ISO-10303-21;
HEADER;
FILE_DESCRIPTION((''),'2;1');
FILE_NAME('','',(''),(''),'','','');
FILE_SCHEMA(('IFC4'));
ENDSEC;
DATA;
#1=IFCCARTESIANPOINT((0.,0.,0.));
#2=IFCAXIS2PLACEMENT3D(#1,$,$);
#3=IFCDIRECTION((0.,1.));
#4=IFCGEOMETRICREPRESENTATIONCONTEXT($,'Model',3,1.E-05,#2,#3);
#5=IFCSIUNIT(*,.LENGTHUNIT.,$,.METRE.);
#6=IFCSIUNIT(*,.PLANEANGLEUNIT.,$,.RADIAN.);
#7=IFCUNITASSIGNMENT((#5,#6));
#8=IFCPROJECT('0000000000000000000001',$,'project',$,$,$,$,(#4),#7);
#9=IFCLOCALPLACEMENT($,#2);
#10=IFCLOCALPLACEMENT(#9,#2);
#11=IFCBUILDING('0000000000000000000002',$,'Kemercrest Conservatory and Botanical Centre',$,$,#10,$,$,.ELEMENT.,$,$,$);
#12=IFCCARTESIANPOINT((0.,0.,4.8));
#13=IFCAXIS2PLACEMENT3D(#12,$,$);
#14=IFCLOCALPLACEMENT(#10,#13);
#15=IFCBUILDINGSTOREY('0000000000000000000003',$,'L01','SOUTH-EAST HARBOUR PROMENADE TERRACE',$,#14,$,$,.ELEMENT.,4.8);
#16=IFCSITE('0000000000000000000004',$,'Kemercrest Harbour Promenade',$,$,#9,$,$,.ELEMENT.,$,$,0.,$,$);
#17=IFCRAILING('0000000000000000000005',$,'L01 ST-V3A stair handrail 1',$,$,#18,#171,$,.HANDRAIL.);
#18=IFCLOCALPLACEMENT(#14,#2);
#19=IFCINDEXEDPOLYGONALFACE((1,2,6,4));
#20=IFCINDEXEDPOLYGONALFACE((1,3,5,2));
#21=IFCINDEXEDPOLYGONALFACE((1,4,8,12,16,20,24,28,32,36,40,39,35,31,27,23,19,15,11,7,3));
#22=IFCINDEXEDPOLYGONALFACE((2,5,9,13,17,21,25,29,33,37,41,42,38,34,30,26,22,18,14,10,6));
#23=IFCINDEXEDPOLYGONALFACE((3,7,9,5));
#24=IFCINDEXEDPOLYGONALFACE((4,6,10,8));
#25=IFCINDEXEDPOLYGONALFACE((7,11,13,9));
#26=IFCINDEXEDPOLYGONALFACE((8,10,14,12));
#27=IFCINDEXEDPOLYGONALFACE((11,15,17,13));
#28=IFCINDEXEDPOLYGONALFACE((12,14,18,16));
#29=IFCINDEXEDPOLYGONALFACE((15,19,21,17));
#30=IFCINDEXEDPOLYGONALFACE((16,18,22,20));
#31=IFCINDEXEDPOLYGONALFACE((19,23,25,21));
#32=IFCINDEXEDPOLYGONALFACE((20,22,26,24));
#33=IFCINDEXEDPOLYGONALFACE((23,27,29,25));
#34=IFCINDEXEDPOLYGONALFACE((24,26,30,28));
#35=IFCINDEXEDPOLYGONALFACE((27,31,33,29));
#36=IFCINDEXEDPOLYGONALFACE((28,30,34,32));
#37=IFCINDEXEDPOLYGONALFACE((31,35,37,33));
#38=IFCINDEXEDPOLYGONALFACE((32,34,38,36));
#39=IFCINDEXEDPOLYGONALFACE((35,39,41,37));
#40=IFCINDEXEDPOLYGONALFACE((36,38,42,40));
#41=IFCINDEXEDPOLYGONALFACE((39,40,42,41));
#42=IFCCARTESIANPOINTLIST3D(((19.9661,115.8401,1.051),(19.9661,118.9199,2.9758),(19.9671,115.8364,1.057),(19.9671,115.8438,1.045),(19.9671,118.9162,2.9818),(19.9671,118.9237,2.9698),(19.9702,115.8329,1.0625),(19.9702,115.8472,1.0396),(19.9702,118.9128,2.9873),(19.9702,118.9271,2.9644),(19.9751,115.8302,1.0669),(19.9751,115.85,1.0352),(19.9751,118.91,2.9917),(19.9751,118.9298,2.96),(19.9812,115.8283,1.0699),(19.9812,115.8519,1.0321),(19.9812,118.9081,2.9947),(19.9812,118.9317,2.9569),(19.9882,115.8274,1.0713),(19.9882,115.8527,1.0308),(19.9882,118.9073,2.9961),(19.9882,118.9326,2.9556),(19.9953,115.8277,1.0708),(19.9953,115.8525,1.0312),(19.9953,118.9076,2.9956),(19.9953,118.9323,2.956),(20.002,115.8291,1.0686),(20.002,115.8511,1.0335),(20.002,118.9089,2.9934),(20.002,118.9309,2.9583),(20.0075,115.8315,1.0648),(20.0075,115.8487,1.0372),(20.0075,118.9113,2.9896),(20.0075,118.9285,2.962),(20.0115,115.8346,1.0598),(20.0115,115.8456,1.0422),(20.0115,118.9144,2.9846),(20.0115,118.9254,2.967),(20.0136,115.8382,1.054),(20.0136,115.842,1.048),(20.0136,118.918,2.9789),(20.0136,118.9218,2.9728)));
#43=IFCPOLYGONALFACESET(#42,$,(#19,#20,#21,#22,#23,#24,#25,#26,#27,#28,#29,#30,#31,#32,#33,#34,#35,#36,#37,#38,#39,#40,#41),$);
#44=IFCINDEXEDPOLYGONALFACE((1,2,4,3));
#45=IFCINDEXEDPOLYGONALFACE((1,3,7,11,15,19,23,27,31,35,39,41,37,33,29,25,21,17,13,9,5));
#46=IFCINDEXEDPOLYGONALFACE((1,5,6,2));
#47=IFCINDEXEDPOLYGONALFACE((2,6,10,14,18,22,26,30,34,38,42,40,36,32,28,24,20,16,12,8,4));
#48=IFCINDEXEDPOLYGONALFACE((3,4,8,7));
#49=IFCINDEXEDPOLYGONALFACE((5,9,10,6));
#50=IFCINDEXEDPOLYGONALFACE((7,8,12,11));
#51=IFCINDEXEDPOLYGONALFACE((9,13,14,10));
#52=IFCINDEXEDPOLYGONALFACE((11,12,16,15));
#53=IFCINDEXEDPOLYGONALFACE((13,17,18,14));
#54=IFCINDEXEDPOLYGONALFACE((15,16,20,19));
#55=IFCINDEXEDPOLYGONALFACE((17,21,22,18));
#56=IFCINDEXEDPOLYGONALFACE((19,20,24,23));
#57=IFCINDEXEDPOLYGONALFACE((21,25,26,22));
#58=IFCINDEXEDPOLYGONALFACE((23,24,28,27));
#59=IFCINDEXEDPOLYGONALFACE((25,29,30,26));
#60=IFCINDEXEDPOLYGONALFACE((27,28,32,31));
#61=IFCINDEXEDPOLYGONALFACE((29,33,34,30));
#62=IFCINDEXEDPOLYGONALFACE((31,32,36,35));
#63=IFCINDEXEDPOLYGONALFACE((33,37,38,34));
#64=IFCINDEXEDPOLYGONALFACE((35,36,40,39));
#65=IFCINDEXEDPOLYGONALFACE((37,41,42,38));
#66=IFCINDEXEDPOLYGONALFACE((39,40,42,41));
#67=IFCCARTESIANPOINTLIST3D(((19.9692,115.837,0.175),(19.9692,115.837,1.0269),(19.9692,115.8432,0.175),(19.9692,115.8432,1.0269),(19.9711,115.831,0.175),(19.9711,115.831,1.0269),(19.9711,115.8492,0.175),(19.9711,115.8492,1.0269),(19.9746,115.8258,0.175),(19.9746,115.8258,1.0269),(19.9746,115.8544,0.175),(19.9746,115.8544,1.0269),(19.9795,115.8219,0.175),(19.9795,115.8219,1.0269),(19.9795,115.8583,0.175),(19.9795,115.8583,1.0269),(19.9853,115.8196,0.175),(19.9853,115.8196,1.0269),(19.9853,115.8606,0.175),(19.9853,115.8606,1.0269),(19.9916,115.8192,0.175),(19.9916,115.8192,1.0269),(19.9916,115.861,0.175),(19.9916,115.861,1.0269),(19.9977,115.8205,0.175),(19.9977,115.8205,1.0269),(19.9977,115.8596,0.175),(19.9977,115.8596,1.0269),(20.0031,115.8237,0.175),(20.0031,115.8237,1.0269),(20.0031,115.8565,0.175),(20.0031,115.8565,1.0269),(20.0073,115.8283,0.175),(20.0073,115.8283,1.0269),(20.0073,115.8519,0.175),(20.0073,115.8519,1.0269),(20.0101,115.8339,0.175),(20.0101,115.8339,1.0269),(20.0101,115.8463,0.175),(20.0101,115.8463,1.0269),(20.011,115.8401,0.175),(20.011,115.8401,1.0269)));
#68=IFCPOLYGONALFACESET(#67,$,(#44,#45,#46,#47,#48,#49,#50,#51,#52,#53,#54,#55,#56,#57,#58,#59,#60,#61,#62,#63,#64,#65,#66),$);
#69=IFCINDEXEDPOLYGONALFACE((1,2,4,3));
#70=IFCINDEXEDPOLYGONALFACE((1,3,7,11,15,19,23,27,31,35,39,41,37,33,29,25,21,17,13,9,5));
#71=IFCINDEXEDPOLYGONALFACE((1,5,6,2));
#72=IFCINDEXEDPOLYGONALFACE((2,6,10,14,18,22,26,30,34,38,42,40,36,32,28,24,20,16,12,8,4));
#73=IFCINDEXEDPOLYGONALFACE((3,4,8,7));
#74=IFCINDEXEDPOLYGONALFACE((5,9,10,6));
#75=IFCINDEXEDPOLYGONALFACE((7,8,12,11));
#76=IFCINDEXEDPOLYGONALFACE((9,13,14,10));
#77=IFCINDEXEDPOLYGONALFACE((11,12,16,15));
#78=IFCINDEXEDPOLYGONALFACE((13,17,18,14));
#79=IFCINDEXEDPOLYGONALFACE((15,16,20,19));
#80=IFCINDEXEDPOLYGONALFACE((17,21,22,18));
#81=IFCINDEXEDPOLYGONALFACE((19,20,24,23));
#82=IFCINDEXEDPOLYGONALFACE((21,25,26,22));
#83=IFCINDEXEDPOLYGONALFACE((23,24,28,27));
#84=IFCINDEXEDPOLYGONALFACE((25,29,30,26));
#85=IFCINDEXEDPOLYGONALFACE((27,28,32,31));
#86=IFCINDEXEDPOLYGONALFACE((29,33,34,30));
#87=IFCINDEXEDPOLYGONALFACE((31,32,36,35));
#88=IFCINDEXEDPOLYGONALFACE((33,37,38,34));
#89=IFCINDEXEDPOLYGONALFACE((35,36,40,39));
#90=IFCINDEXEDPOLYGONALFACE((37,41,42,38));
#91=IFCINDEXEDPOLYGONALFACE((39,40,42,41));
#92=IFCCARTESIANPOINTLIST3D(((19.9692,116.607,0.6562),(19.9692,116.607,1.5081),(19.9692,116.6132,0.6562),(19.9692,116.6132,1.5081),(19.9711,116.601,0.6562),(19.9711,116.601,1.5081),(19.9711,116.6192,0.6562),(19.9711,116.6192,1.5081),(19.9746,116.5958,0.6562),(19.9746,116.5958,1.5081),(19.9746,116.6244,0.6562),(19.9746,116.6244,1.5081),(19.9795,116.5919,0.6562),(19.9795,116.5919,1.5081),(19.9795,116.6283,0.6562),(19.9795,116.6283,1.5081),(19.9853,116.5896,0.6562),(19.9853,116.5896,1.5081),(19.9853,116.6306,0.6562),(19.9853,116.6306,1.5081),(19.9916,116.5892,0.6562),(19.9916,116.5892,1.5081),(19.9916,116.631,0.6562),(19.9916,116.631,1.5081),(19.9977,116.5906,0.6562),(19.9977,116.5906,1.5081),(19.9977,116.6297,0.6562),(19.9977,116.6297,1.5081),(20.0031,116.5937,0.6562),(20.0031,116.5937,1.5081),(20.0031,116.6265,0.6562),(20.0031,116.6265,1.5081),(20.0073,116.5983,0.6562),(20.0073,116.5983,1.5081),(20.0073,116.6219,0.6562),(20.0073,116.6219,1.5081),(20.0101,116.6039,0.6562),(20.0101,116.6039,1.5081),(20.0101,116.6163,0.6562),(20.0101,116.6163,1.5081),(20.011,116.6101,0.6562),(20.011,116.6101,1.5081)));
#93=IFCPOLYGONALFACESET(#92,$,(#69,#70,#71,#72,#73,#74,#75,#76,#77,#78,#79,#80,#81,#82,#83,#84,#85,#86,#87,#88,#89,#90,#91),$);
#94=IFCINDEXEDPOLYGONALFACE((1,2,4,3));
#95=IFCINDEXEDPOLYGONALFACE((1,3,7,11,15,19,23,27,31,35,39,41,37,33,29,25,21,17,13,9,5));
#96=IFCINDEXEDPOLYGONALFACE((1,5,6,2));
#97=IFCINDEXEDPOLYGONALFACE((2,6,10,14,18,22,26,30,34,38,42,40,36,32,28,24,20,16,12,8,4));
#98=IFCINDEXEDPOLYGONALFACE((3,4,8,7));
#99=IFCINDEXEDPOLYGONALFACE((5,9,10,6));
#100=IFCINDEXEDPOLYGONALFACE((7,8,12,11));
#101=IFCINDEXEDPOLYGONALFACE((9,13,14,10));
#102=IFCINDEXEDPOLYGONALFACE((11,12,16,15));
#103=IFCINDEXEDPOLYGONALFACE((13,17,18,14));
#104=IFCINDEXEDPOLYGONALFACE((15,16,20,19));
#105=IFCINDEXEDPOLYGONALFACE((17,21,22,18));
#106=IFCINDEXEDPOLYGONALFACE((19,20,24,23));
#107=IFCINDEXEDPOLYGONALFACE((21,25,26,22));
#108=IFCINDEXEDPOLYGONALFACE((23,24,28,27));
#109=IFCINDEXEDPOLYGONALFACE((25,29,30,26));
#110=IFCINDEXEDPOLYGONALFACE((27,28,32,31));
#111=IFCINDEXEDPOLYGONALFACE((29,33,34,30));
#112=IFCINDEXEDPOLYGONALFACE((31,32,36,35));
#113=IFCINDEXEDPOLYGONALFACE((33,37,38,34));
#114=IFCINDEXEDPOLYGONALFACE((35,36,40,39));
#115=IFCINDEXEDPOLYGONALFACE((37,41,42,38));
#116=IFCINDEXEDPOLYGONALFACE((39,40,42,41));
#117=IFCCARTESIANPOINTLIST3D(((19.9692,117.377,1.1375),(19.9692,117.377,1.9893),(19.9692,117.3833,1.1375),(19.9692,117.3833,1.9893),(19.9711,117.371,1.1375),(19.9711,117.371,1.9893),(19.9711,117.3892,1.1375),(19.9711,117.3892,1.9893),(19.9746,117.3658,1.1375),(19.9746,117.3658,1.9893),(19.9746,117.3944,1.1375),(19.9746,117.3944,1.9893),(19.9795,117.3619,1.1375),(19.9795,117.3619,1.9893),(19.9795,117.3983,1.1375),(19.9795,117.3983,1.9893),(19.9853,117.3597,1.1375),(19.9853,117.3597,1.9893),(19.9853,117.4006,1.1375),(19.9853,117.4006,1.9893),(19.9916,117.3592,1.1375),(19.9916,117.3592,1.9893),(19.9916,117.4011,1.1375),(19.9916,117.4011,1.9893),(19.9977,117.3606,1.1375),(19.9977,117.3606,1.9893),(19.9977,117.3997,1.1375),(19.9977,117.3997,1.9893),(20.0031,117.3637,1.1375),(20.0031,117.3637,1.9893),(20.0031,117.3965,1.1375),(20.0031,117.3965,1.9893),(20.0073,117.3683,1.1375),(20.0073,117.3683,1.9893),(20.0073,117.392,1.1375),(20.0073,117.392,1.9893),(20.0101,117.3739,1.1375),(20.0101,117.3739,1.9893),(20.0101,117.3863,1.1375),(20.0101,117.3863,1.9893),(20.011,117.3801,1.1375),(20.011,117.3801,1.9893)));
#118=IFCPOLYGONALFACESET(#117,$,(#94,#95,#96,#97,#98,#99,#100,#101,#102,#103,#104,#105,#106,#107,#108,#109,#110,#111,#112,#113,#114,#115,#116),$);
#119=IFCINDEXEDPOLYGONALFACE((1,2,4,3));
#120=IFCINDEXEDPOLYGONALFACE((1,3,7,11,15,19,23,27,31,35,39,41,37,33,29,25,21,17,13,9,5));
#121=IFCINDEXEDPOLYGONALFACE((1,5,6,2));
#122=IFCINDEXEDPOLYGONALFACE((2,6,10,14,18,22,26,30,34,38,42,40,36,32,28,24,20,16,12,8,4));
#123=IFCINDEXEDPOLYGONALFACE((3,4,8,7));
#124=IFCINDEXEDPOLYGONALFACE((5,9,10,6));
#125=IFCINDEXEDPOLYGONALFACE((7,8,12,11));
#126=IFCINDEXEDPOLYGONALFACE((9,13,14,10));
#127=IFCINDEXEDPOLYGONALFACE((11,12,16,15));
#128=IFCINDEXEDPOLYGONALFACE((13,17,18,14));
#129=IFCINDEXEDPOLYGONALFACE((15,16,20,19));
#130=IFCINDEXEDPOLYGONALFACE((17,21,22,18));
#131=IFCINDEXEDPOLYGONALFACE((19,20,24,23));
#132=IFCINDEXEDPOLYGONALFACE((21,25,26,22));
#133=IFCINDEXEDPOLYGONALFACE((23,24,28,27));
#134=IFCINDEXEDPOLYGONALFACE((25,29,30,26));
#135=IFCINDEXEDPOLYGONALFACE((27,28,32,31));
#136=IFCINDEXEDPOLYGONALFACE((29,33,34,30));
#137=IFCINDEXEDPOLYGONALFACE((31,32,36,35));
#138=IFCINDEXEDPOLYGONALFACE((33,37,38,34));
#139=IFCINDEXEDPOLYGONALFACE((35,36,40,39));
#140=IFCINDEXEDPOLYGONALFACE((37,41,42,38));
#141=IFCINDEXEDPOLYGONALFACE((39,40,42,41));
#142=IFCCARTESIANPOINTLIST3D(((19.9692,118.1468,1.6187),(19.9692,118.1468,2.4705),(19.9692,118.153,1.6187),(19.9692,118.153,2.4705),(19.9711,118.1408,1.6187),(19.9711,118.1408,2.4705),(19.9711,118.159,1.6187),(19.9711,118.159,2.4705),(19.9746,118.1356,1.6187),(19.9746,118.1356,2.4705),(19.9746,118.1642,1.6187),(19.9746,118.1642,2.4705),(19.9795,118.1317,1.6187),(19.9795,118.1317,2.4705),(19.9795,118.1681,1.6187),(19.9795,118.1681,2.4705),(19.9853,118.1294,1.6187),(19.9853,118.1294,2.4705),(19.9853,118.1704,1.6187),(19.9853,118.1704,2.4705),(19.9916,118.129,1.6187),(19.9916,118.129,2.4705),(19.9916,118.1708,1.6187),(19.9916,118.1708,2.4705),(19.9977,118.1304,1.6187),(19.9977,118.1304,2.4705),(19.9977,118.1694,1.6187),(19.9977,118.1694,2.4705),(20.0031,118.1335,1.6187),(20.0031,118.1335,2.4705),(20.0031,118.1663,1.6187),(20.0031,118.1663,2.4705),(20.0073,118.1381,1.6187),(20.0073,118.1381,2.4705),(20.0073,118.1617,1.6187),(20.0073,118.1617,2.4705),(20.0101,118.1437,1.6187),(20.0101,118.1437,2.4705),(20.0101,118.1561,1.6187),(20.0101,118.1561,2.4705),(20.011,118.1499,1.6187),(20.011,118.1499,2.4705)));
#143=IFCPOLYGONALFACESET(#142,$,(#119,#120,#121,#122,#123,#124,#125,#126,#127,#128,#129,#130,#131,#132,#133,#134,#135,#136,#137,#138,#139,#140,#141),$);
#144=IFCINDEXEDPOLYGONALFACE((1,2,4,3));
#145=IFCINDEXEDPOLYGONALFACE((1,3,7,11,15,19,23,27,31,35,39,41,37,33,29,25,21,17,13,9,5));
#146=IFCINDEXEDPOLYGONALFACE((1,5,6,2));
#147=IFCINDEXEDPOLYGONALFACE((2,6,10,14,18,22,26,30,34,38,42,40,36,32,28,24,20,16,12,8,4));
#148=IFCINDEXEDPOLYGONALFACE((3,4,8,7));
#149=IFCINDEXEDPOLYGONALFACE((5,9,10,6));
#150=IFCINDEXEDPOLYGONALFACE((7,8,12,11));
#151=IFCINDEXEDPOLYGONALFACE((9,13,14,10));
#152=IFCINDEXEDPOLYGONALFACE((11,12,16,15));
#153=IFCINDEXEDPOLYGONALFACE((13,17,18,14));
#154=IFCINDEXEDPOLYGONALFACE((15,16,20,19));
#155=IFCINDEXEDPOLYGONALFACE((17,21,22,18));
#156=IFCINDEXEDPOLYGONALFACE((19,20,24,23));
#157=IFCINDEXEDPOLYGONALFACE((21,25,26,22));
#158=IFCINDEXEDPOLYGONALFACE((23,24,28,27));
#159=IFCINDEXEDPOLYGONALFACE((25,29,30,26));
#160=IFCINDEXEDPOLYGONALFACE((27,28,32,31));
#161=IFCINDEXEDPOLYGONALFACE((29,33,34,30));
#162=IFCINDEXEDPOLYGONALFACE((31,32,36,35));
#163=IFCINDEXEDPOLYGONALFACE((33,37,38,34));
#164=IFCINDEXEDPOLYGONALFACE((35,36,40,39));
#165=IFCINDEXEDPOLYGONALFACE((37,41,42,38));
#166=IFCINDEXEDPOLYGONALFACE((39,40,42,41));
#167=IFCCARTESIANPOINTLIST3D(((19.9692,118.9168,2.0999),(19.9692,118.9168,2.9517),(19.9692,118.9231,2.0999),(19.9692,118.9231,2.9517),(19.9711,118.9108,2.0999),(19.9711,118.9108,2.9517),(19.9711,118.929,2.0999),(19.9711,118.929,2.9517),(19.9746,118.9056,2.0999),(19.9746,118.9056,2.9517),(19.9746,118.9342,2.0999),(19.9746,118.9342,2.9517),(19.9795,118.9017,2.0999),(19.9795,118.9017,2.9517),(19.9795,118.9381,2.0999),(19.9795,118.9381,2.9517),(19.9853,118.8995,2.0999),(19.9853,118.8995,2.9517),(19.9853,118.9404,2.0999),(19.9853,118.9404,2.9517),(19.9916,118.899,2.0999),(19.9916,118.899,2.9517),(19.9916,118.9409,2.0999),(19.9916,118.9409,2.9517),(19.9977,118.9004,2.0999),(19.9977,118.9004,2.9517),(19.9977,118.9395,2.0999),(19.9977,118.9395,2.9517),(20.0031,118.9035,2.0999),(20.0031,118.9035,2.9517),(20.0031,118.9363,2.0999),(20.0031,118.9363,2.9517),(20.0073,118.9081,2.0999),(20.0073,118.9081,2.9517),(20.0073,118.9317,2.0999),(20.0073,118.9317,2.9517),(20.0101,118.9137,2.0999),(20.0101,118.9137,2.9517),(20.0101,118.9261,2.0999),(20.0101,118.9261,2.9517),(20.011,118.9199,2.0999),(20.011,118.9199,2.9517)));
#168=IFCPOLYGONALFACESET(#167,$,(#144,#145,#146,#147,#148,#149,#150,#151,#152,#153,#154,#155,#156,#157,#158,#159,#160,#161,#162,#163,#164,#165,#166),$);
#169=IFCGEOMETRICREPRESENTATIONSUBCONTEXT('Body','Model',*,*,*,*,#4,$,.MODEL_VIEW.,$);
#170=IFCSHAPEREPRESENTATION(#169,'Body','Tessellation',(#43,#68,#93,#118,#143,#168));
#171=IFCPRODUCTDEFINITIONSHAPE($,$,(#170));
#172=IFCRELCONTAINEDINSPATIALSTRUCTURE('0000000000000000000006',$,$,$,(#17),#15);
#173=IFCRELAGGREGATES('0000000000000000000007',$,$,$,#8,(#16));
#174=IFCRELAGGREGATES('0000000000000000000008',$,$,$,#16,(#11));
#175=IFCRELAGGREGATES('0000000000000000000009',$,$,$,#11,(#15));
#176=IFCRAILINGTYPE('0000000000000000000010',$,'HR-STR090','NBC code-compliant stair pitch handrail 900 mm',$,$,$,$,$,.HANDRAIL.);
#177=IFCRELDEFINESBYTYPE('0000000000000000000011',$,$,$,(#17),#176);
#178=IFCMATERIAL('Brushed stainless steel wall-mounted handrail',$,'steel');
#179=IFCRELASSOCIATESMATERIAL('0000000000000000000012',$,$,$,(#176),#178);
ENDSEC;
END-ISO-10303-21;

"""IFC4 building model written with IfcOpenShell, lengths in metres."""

from ifc_helpers import new_model, si_unit, direction, frame, origin, origin_2d, place, context, subcontext, project, spatial, circle, extrude, material, type_object, element, save


model = new_model("IFC4")

# Units and contexts
model_context = context("Model", 3, precision=1e-05, world=origin(), true_north=direction((0.0, 1.0)))
body_context = subcontext(model_context, "Body", "Model", "MODEL_VIEW")
ifc_project = project(units=[si_unit("LENGTHUNIT", "METRE"), si_unit("PLANEANGLEUNIT", "RADIAN")], contexts=[model_context])

# Site, building, storey
site_placement = place(None, origin())
site = spatial("IfcSite", under=ifc_project, at=site_placement, Name="Kemercrest Harbour Promenade", CompositionType="ELEMENT", RefElevation=0.0)
building_placement = place(site_placement, origin())
building = spatial("IfcBuilding", under=site, at=building_placement, Name="Kemercrest Conservatory and Botanical Centre", CompositionType="ELEMENT")
storey_placement = place(building_placement, frame((0.0, 0.0, 4.8)))
storey = spatial("IfcBuildingStorey", under=building, at=storey_placement, Name="L01", Description="SOUTH-EAST HARBOUR PROMENADE TERRACE", CompositionType="ELEMENT", Elevation=4.8)

# Railing
ifc_material_1 = material(Name="Brushed stainless steel wall-mounted handrail", Category="steel")
railing_type_1 = type_object("IfcRailingType", Name="HR-STR090", Description="NBC code-compliant stair pitch handrail 900 mm", PredefinedType="HANDRAIL", material=ifc_material_1)
railing_1_placement = place(storey_placement, frame((19.99, 115.8401, 0.175)))
element("IfcRailing", 1, at=railing_1_placement, inside=storey, type_object=railing_type_1, Name="L01 ST-V3A stair handrail 1", PredefinedType="HANDRAIL", context=body_context, shape_type="SweptSolid", body=[
    extrude(circle(Radius=0.0239, at=origin_2d()), frame((0.0, 0.0, 0.876), z_axis=(0.0, 0.84801, 0.529981), x_axis=(-1.0, 0.0, 0.0)), (0.0, 0.0, 1.0), 3.6318),
    extrude(circle(Radius=0.021, at=origin_2d()), origin(), (0.0, 0.0, 1.0), 0.8518),
    extrude(circle(Radius=0.021, at=origin_2d()), frame((0.0, 0.77, 0.4812)), (0.0, 0.0, 1.0), 0.8518),
    extrude(circle(Radius=0.021, at=origin_2d()), frame((0.0, 1.54, 0.9624)), (0.0, 0.0, 1.0), 0.8518),
    extrude(circle(Radius=0.021, at=origin_2d()), frame((0.0, 2.3098, 1.4436)), (0.0, 0.0, 1.0), 0.8518),
    extrude(circle(Radius=0.021, at=origin_2d()), frame((0.0, 3.0798, 1.9248)), (0.0, 0.0, 1.0), 0.8518),
])

save(model, "model.ifc")
